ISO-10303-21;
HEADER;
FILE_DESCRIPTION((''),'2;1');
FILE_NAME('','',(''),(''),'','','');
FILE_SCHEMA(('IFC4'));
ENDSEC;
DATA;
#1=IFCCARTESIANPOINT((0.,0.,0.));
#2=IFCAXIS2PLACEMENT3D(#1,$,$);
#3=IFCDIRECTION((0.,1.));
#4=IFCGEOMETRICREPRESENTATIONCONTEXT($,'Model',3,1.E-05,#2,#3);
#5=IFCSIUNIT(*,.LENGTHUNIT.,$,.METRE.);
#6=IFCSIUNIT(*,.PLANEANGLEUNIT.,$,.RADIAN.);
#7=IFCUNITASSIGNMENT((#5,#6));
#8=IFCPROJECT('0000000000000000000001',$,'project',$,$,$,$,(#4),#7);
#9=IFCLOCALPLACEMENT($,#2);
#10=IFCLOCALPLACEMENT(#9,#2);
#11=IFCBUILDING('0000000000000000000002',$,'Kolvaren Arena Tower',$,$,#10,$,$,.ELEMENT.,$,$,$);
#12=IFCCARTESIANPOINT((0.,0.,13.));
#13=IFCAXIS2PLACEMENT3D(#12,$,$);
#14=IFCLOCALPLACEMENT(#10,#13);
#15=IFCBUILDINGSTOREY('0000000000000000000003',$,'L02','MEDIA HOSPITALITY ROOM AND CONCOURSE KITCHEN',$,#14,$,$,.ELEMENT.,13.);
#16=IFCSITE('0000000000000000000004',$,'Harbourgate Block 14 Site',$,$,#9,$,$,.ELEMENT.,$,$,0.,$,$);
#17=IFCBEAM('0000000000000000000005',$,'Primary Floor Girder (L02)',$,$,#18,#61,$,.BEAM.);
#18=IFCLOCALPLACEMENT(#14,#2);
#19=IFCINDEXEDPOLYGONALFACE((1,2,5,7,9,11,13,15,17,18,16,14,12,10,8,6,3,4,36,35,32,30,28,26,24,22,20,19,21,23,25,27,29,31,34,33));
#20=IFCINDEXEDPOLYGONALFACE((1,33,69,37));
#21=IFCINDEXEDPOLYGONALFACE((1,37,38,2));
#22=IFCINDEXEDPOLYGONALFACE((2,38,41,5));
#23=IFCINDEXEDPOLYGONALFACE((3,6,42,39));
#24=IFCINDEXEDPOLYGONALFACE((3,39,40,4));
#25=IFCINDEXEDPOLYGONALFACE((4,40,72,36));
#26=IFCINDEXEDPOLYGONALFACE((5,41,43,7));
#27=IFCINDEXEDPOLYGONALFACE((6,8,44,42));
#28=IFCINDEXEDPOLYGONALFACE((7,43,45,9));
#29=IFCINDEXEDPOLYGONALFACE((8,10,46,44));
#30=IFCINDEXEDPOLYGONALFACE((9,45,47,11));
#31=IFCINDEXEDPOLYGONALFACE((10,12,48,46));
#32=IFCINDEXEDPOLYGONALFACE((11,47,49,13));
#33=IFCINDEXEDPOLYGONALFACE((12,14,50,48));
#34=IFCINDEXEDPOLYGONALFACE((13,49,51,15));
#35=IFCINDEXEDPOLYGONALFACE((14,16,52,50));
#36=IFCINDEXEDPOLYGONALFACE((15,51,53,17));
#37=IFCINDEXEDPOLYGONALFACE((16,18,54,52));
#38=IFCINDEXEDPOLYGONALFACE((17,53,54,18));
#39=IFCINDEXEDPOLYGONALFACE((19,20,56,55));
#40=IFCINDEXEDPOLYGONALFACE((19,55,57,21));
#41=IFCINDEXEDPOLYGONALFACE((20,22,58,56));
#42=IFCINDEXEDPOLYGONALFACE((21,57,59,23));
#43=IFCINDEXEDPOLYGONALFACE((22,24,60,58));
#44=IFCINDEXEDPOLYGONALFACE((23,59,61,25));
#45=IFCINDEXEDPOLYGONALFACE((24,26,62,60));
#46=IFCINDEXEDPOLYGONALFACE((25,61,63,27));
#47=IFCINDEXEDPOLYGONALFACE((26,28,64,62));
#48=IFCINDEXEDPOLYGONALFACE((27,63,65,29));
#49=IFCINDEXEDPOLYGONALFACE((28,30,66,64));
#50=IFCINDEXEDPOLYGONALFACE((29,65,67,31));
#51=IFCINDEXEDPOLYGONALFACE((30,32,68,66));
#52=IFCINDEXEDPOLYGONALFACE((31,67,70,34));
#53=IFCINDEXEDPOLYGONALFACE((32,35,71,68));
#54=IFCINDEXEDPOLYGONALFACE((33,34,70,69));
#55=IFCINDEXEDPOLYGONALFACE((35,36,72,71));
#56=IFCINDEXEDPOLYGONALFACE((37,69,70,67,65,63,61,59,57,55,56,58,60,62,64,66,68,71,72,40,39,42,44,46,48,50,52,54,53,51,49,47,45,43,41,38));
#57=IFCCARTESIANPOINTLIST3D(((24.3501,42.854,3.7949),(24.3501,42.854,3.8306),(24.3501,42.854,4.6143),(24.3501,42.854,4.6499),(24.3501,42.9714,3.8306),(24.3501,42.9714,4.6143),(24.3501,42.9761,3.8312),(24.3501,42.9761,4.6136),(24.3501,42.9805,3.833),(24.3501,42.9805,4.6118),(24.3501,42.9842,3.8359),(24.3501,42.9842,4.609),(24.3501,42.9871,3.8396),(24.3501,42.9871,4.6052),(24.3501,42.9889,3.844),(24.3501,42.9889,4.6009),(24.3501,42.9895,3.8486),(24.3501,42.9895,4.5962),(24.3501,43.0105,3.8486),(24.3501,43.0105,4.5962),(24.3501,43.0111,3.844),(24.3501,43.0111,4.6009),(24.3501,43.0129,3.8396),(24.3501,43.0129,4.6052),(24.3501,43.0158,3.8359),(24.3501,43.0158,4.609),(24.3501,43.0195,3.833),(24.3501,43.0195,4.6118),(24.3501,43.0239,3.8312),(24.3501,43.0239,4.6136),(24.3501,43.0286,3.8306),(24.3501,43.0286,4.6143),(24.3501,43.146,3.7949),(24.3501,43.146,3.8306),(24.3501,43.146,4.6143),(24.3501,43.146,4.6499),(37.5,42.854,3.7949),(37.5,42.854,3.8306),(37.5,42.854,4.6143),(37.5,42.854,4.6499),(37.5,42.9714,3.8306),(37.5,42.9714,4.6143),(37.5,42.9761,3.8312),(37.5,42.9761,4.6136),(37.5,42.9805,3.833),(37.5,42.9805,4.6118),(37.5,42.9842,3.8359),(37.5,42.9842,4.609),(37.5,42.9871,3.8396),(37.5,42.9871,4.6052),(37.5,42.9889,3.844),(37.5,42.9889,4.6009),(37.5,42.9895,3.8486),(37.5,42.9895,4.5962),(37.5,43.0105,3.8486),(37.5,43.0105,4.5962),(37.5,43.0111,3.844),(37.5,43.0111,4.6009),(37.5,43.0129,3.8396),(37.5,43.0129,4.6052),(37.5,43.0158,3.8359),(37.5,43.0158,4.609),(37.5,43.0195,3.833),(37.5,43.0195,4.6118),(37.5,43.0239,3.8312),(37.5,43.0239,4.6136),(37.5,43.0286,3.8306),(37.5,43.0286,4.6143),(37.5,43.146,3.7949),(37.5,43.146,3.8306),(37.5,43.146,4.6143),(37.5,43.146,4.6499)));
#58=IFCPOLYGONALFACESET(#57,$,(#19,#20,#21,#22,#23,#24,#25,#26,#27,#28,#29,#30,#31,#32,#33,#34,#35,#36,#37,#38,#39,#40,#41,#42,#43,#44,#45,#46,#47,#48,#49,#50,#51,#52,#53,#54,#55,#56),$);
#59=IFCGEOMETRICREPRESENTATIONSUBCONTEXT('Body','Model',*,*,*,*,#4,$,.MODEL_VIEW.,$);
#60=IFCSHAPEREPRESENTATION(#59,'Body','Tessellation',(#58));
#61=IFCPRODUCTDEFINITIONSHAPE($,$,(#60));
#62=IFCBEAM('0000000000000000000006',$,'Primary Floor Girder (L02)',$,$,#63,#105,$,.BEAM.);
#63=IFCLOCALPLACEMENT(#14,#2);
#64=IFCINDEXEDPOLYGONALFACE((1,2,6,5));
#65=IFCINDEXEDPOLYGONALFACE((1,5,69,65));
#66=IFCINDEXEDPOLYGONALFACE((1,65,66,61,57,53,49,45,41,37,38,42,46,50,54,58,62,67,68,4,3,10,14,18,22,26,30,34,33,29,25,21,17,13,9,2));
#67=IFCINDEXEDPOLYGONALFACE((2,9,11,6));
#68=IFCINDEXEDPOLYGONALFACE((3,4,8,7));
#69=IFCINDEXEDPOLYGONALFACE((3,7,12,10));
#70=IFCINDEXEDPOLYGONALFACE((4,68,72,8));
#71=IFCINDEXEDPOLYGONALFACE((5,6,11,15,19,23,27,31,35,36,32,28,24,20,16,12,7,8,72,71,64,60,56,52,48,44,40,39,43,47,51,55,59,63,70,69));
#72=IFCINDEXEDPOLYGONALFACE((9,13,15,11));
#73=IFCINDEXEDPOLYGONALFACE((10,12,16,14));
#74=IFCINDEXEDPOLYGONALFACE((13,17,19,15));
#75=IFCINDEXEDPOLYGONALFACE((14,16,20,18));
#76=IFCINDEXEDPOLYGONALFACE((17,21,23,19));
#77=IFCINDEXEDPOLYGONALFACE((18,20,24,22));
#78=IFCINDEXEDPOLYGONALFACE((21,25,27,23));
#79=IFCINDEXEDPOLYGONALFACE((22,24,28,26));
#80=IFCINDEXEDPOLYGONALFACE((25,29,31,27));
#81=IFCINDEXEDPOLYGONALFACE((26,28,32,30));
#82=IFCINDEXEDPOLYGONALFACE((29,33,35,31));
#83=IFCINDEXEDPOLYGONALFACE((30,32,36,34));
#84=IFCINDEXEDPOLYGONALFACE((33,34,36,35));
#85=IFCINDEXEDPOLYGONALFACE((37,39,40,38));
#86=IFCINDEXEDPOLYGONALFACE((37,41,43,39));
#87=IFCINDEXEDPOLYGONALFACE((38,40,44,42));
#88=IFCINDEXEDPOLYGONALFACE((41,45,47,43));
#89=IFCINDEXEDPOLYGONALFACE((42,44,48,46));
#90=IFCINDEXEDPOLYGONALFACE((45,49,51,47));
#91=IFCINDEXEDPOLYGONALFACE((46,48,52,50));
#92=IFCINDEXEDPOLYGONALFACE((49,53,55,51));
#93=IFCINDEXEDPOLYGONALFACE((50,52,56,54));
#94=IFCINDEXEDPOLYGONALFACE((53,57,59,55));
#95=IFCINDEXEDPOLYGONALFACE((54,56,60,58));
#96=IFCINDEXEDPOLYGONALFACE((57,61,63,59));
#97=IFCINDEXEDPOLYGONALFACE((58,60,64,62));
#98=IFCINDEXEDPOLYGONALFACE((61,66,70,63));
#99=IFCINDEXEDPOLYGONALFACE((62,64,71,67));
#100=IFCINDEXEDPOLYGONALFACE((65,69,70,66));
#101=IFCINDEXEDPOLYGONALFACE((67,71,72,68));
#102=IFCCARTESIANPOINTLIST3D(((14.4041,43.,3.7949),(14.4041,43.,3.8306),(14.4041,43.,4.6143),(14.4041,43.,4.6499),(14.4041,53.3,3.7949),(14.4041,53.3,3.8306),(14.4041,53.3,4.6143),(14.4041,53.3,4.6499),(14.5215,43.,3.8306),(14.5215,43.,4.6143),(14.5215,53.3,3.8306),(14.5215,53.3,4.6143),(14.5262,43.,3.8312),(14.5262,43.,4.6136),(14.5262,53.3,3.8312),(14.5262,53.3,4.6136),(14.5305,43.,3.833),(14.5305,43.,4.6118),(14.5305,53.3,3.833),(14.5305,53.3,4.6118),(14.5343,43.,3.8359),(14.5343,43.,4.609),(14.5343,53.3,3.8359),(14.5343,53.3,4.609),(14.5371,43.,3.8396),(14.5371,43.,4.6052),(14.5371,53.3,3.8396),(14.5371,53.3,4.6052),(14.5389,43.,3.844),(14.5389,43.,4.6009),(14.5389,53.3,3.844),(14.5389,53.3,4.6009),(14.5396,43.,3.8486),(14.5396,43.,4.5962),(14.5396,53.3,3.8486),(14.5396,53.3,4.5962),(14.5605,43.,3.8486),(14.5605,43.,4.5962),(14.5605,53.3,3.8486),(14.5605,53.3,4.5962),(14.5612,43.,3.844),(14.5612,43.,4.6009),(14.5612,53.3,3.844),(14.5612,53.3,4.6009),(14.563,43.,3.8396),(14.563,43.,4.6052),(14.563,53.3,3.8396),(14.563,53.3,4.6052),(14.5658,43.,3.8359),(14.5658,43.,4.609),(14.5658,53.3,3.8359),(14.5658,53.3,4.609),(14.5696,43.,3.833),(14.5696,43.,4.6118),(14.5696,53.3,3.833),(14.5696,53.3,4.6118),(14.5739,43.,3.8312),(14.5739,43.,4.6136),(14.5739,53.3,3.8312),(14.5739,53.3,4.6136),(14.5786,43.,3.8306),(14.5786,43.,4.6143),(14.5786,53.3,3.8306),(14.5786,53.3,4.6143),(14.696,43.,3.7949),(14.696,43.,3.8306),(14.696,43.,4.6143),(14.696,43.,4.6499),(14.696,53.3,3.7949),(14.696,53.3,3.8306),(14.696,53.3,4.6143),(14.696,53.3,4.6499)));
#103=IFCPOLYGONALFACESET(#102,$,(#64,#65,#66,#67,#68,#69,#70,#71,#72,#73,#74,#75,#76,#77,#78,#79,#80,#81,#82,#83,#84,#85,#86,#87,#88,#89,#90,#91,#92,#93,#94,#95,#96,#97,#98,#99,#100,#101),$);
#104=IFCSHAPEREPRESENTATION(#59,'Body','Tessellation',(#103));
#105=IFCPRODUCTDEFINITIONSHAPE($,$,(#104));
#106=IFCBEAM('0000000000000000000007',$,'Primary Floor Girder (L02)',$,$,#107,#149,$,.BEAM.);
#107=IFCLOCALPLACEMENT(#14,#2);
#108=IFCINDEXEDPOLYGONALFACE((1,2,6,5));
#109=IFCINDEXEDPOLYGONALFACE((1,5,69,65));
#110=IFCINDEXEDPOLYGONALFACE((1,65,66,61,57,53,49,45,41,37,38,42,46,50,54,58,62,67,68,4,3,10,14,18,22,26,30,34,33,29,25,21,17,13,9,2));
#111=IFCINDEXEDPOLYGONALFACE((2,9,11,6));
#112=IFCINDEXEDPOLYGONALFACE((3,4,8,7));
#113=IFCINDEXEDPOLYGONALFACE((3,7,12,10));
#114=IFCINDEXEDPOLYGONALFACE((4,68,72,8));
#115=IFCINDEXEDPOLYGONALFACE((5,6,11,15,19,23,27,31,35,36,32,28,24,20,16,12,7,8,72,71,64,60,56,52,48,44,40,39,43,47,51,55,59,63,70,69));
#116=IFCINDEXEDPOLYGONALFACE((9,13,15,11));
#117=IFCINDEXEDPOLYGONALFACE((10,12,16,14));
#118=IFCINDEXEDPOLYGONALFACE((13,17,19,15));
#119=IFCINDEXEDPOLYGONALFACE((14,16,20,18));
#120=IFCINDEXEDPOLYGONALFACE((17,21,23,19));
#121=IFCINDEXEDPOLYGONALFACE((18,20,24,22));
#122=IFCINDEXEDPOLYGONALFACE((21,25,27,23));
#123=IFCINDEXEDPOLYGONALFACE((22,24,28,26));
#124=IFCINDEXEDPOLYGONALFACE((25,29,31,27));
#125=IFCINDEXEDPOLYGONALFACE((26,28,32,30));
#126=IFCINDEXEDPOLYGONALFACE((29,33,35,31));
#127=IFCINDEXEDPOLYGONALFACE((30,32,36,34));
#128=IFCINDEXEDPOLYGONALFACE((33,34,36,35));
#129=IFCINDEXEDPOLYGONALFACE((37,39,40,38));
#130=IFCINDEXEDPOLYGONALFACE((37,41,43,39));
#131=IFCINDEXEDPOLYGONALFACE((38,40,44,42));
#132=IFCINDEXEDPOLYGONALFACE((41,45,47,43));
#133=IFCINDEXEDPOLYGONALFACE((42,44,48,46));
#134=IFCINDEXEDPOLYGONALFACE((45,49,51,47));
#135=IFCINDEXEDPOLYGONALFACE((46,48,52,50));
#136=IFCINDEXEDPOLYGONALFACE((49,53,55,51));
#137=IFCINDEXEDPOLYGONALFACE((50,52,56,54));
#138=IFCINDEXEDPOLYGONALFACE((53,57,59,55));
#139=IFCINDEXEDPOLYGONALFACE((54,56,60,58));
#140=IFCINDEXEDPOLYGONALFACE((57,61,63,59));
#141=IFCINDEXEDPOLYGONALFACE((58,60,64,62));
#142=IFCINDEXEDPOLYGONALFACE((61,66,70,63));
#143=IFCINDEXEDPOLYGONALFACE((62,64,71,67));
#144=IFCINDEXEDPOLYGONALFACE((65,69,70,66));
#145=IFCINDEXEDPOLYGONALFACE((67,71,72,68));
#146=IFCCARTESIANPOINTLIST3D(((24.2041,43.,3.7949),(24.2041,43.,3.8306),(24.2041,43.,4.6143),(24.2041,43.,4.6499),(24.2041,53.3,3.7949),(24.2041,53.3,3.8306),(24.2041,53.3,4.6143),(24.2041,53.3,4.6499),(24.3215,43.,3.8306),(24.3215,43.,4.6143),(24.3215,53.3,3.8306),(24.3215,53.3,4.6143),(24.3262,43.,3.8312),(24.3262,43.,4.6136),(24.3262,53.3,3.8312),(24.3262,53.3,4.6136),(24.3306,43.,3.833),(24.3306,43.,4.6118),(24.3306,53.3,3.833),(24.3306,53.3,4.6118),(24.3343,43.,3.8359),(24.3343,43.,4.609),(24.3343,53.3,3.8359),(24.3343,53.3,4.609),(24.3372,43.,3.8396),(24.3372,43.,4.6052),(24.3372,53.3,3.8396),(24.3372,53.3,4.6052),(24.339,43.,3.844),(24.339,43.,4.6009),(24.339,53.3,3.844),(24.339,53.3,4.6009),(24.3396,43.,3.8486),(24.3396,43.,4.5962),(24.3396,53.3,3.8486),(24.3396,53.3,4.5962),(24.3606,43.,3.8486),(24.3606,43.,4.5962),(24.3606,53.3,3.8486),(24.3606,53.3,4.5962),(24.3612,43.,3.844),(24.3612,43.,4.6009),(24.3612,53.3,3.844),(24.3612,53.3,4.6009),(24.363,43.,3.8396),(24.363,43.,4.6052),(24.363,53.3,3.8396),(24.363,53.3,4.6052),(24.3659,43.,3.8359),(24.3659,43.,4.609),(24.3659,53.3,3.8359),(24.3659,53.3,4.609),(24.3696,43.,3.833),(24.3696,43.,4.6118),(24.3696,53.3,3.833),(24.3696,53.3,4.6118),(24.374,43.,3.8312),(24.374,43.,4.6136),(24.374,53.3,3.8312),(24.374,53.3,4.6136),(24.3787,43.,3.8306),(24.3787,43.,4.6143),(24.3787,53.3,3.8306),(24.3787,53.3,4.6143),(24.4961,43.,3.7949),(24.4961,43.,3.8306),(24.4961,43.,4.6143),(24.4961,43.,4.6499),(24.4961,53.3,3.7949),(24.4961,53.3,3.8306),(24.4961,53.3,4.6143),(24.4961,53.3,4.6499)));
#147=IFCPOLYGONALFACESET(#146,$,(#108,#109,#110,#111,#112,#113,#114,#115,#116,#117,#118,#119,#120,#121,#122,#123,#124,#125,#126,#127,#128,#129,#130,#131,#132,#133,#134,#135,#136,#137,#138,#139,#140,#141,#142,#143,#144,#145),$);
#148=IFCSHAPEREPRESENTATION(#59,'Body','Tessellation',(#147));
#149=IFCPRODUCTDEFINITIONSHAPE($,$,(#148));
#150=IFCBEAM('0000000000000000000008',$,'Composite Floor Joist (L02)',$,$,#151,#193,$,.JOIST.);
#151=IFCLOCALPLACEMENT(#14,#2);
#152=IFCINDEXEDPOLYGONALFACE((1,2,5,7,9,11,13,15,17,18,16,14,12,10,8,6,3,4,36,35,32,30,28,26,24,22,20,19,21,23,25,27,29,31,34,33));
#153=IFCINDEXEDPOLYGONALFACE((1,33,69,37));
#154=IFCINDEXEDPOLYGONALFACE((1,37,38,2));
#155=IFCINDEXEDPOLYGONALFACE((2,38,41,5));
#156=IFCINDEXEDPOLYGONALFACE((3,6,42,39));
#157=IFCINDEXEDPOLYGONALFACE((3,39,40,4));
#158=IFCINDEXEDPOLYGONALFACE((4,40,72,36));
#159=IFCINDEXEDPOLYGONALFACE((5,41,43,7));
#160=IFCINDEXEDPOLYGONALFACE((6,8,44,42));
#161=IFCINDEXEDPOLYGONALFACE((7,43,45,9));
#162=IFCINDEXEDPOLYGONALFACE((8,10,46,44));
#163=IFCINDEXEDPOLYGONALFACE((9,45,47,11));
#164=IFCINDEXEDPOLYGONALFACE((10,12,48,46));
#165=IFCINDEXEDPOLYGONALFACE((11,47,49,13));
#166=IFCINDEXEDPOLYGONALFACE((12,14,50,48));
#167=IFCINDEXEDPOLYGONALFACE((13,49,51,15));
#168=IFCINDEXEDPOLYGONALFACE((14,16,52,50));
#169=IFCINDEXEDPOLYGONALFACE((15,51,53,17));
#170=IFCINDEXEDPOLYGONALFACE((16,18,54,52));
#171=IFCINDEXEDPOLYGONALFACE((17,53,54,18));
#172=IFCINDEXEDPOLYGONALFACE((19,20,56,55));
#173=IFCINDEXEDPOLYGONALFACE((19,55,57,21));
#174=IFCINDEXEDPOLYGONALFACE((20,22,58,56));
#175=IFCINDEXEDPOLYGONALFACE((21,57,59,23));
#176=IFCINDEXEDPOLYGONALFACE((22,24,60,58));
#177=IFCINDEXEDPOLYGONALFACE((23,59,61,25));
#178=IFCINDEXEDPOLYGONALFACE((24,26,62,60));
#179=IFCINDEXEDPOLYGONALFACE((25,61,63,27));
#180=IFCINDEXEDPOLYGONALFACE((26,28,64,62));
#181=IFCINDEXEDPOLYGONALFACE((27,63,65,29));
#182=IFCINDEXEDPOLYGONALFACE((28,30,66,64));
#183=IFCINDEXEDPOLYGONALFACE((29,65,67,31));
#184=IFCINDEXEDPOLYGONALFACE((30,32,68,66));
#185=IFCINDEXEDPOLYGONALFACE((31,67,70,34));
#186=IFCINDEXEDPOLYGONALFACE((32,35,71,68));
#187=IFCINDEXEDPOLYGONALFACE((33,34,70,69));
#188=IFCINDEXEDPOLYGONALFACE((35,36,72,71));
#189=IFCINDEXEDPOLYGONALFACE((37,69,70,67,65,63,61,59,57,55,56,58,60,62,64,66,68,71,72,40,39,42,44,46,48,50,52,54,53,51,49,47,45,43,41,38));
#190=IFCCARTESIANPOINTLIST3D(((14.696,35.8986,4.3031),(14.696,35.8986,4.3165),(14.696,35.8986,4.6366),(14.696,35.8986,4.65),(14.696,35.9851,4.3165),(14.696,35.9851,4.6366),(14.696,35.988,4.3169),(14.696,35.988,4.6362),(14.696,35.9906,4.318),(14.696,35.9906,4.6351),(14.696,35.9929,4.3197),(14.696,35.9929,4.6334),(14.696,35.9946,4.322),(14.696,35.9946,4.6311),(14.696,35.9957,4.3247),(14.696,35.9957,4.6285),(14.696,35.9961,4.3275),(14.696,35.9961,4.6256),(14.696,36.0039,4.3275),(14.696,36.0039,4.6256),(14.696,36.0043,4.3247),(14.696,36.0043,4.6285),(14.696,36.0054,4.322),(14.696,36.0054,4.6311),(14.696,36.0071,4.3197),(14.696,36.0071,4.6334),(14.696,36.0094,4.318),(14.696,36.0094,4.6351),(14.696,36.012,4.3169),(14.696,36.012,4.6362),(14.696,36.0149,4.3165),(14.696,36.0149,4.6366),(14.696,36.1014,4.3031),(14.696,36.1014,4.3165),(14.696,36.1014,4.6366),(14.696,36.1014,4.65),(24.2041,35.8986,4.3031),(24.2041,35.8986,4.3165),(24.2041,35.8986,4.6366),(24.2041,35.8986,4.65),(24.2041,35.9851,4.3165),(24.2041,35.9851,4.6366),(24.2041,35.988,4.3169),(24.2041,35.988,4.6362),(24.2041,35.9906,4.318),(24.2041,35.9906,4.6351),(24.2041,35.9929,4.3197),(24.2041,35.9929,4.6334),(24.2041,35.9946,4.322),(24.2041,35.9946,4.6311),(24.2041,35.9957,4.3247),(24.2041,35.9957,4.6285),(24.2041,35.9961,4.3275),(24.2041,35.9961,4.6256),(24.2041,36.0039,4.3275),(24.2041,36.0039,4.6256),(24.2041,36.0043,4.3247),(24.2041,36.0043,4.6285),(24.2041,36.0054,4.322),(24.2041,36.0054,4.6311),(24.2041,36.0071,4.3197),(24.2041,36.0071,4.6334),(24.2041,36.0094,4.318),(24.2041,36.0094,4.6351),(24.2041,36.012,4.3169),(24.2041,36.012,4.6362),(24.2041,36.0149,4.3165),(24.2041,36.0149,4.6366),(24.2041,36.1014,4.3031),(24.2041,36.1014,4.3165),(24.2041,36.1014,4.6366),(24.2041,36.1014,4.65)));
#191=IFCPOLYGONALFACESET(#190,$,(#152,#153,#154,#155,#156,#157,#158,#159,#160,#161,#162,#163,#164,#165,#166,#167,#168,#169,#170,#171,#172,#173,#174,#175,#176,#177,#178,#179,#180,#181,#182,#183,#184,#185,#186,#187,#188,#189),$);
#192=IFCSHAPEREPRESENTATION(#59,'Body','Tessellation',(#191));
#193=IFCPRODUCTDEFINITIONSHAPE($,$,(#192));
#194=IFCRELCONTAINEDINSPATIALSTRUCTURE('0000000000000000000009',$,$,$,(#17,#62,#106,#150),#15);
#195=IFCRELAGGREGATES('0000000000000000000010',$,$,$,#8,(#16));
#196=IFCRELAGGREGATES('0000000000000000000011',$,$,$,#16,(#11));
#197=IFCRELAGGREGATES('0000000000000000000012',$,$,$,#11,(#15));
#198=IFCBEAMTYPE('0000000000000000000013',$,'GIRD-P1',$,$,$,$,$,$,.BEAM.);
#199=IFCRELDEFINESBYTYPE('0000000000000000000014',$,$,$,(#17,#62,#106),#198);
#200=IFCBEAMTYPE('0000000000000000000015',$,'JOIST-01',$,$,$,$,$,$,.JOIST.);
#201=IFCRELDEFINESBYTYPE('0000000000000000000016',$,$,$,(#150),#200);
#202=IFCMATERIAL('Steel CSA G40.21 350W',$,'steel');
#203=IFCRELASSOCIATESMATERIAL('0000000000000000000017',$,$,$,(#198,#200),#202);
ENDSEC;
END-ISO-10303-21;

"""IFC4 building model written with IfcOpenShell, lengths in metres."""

from ifc_helpers import new_model, si_unit, direction, frame, origin, origin_2d, place, context, subcontext, project, spatial, i_section, extrude, material, material_profile, profile_set, type_object, element, save


model = new_model("IFC4")

# Units and contexts
model_context = context("Model", 3, precision=1e-05, world=origin(), true_north=direction((0.0, 1.0)))
body_context = subcontext(model_context, "Body", "Model", "MODEL_VIEW")
ifc_project = project(units=[si_unit("LENGTHUNIT", "METRE"), si_unit("PLANEANGLEUNIT", "RADIAN")], contexts=[model_context])

# Site, building, storey
site_placement = place(None, origin())
site = spatial("IfcSite", under=ifc_project, at=site_placement, Name="Harbourgate Block 14 Site", CompositionType="ELEMENT", RefElevation=0.0)
building_placement = place(site_placement, origin())
building = spatial("IfcBuilding", under=site, at=building_placement, Name="Kolvaren Arena Tower", CompositionType="ELEMENT")
storey_placement = place(building_placement, frame((0.0, 0.0, 13.0)))
storey = spatial("IfcBuildingStorey", under=building, at=storey_placement, Name="L02", Description="MEDIA HOSPITALITY ROOM AND CONCOURSE KITCHEN", CompositionType="ELEMENT", Elevation=13.0)

# Beams
ifc_material_1 = material(Name="Steel CSA G40.21 350W", Category="steel")
ifc_material_profile_1 = material_profile(ifc_material_1, i_section(OverallWidth=0.292, OverallDepth=0.855, WebThickness=0.021, FlangeThickness=0.0356, FilletRadius=0.0181, at=origin_2d()), Name="W840x299")
ifc_profile_set_1 = profile_set([ifc_material_profile_1], Name="Steel CSA G40.21 350W")
beam_type_1 = type_object("IfcBeamType", Name="GIRD-P1", PredefinedType="BEAM", material=ifc_profile_set_1)
beam_1_placement = place(storey_placement, frame((24.3501, 43.0, 4.2224), z_axis=(1.0, 0.0, 0.0), x_axis=(0.0, 1.0, 0.0)))
element("IfcBeam", 1, at=beam_1_placement, inside=storey, type_object=beam_type_1, Name="Primary Floor Girder (L02)", PredefinedType="BEAM", context=body_context, shape_type="SweptSolid", body=[
    extrude(i_section(OverallWidth=0.292, OverallDepth=0.855, WebThickness=0.021, FlangeThickness=0.0356, FilletRadius=0.0181, at=origin_2d()), origin(), (0.0, 0.0, 1.0), 13.1499),
])
for number, where, z_axis, x_axis, name in (
    (2, (14.55, 43.0, 4.2224), (0.0, 1.0, 0.0), (-1.0, 0.0, 0.0), "Primary Floor Girder (L02)"),
    (3, (24.3501, 43.0, 4.2224), (0.0, 1.0, 0.0), (-1.0, 0.0, 0.0), "Primary Floor Girder (L02)"),
):
    element("IfcBeam", number, at=place(storey_placement, frame(where, z_axis=z_axis, x_axis=x_axis)), inside=storey, type_object=beam_type_1, Name=name, PredefinedType="BEAM", context=body_context, shape_type="SweptSolid", body=[
        extrude(i_section(OverallWidth=0.292, OverallDepth=0.855, WebThickness=0.021, FlangeThickness=0.0356, FilletRadius=0.0181, at=origin_2d()), origin(), (0.0, 0.0, 1.0), 10.3),
    ])
ifc_material_profile_2 = material_profile(ifc_material_1, i_section(OverallWidth=0.2029, OverallDepth=0.3469, WebThickness=0.0078, FlangeThickness=0.0134, FilletRadius=0.011, at=origin_2d()), Name="W360x64")
ifc_profile_set_2 = profile_set([ifc_material_profile_2], Name="Steel CSA G40.21 350W")
beam_type_2 = type_object("IfcBeamType", Name="JOIST-01", PredefinedType="JOIST", material=ifc_profile_set_2)
for number, where, z_axis, x_axis, name in (
    (4, (14.696, 36.0, 4.4766), (1.0, 0.0, 0.0), (0.0, 1.0, 0.0), "Composite Floor Joist (L02)"),
):
    element("IfcBeam", number, at=place(storey_placement, frame(where, z_axis=z_axis, x_axis=x_axis)), inside=storey, type_object=beam_type_2, Name=name, PredefinedType="JOIST", context=body_context, shape_type="SweptSolid", body=[
        extrude(i_section(OverallWidth=0.2029, OverallDepth=0.3469, WebThickness=0.0078, FlangeThickness=0.0134, FilletRadius=0.011, at=origin_2d()), origin(), (0.0, 0.0, 1.0), 9.5081),
    ])

save(model, "model.ifc")
